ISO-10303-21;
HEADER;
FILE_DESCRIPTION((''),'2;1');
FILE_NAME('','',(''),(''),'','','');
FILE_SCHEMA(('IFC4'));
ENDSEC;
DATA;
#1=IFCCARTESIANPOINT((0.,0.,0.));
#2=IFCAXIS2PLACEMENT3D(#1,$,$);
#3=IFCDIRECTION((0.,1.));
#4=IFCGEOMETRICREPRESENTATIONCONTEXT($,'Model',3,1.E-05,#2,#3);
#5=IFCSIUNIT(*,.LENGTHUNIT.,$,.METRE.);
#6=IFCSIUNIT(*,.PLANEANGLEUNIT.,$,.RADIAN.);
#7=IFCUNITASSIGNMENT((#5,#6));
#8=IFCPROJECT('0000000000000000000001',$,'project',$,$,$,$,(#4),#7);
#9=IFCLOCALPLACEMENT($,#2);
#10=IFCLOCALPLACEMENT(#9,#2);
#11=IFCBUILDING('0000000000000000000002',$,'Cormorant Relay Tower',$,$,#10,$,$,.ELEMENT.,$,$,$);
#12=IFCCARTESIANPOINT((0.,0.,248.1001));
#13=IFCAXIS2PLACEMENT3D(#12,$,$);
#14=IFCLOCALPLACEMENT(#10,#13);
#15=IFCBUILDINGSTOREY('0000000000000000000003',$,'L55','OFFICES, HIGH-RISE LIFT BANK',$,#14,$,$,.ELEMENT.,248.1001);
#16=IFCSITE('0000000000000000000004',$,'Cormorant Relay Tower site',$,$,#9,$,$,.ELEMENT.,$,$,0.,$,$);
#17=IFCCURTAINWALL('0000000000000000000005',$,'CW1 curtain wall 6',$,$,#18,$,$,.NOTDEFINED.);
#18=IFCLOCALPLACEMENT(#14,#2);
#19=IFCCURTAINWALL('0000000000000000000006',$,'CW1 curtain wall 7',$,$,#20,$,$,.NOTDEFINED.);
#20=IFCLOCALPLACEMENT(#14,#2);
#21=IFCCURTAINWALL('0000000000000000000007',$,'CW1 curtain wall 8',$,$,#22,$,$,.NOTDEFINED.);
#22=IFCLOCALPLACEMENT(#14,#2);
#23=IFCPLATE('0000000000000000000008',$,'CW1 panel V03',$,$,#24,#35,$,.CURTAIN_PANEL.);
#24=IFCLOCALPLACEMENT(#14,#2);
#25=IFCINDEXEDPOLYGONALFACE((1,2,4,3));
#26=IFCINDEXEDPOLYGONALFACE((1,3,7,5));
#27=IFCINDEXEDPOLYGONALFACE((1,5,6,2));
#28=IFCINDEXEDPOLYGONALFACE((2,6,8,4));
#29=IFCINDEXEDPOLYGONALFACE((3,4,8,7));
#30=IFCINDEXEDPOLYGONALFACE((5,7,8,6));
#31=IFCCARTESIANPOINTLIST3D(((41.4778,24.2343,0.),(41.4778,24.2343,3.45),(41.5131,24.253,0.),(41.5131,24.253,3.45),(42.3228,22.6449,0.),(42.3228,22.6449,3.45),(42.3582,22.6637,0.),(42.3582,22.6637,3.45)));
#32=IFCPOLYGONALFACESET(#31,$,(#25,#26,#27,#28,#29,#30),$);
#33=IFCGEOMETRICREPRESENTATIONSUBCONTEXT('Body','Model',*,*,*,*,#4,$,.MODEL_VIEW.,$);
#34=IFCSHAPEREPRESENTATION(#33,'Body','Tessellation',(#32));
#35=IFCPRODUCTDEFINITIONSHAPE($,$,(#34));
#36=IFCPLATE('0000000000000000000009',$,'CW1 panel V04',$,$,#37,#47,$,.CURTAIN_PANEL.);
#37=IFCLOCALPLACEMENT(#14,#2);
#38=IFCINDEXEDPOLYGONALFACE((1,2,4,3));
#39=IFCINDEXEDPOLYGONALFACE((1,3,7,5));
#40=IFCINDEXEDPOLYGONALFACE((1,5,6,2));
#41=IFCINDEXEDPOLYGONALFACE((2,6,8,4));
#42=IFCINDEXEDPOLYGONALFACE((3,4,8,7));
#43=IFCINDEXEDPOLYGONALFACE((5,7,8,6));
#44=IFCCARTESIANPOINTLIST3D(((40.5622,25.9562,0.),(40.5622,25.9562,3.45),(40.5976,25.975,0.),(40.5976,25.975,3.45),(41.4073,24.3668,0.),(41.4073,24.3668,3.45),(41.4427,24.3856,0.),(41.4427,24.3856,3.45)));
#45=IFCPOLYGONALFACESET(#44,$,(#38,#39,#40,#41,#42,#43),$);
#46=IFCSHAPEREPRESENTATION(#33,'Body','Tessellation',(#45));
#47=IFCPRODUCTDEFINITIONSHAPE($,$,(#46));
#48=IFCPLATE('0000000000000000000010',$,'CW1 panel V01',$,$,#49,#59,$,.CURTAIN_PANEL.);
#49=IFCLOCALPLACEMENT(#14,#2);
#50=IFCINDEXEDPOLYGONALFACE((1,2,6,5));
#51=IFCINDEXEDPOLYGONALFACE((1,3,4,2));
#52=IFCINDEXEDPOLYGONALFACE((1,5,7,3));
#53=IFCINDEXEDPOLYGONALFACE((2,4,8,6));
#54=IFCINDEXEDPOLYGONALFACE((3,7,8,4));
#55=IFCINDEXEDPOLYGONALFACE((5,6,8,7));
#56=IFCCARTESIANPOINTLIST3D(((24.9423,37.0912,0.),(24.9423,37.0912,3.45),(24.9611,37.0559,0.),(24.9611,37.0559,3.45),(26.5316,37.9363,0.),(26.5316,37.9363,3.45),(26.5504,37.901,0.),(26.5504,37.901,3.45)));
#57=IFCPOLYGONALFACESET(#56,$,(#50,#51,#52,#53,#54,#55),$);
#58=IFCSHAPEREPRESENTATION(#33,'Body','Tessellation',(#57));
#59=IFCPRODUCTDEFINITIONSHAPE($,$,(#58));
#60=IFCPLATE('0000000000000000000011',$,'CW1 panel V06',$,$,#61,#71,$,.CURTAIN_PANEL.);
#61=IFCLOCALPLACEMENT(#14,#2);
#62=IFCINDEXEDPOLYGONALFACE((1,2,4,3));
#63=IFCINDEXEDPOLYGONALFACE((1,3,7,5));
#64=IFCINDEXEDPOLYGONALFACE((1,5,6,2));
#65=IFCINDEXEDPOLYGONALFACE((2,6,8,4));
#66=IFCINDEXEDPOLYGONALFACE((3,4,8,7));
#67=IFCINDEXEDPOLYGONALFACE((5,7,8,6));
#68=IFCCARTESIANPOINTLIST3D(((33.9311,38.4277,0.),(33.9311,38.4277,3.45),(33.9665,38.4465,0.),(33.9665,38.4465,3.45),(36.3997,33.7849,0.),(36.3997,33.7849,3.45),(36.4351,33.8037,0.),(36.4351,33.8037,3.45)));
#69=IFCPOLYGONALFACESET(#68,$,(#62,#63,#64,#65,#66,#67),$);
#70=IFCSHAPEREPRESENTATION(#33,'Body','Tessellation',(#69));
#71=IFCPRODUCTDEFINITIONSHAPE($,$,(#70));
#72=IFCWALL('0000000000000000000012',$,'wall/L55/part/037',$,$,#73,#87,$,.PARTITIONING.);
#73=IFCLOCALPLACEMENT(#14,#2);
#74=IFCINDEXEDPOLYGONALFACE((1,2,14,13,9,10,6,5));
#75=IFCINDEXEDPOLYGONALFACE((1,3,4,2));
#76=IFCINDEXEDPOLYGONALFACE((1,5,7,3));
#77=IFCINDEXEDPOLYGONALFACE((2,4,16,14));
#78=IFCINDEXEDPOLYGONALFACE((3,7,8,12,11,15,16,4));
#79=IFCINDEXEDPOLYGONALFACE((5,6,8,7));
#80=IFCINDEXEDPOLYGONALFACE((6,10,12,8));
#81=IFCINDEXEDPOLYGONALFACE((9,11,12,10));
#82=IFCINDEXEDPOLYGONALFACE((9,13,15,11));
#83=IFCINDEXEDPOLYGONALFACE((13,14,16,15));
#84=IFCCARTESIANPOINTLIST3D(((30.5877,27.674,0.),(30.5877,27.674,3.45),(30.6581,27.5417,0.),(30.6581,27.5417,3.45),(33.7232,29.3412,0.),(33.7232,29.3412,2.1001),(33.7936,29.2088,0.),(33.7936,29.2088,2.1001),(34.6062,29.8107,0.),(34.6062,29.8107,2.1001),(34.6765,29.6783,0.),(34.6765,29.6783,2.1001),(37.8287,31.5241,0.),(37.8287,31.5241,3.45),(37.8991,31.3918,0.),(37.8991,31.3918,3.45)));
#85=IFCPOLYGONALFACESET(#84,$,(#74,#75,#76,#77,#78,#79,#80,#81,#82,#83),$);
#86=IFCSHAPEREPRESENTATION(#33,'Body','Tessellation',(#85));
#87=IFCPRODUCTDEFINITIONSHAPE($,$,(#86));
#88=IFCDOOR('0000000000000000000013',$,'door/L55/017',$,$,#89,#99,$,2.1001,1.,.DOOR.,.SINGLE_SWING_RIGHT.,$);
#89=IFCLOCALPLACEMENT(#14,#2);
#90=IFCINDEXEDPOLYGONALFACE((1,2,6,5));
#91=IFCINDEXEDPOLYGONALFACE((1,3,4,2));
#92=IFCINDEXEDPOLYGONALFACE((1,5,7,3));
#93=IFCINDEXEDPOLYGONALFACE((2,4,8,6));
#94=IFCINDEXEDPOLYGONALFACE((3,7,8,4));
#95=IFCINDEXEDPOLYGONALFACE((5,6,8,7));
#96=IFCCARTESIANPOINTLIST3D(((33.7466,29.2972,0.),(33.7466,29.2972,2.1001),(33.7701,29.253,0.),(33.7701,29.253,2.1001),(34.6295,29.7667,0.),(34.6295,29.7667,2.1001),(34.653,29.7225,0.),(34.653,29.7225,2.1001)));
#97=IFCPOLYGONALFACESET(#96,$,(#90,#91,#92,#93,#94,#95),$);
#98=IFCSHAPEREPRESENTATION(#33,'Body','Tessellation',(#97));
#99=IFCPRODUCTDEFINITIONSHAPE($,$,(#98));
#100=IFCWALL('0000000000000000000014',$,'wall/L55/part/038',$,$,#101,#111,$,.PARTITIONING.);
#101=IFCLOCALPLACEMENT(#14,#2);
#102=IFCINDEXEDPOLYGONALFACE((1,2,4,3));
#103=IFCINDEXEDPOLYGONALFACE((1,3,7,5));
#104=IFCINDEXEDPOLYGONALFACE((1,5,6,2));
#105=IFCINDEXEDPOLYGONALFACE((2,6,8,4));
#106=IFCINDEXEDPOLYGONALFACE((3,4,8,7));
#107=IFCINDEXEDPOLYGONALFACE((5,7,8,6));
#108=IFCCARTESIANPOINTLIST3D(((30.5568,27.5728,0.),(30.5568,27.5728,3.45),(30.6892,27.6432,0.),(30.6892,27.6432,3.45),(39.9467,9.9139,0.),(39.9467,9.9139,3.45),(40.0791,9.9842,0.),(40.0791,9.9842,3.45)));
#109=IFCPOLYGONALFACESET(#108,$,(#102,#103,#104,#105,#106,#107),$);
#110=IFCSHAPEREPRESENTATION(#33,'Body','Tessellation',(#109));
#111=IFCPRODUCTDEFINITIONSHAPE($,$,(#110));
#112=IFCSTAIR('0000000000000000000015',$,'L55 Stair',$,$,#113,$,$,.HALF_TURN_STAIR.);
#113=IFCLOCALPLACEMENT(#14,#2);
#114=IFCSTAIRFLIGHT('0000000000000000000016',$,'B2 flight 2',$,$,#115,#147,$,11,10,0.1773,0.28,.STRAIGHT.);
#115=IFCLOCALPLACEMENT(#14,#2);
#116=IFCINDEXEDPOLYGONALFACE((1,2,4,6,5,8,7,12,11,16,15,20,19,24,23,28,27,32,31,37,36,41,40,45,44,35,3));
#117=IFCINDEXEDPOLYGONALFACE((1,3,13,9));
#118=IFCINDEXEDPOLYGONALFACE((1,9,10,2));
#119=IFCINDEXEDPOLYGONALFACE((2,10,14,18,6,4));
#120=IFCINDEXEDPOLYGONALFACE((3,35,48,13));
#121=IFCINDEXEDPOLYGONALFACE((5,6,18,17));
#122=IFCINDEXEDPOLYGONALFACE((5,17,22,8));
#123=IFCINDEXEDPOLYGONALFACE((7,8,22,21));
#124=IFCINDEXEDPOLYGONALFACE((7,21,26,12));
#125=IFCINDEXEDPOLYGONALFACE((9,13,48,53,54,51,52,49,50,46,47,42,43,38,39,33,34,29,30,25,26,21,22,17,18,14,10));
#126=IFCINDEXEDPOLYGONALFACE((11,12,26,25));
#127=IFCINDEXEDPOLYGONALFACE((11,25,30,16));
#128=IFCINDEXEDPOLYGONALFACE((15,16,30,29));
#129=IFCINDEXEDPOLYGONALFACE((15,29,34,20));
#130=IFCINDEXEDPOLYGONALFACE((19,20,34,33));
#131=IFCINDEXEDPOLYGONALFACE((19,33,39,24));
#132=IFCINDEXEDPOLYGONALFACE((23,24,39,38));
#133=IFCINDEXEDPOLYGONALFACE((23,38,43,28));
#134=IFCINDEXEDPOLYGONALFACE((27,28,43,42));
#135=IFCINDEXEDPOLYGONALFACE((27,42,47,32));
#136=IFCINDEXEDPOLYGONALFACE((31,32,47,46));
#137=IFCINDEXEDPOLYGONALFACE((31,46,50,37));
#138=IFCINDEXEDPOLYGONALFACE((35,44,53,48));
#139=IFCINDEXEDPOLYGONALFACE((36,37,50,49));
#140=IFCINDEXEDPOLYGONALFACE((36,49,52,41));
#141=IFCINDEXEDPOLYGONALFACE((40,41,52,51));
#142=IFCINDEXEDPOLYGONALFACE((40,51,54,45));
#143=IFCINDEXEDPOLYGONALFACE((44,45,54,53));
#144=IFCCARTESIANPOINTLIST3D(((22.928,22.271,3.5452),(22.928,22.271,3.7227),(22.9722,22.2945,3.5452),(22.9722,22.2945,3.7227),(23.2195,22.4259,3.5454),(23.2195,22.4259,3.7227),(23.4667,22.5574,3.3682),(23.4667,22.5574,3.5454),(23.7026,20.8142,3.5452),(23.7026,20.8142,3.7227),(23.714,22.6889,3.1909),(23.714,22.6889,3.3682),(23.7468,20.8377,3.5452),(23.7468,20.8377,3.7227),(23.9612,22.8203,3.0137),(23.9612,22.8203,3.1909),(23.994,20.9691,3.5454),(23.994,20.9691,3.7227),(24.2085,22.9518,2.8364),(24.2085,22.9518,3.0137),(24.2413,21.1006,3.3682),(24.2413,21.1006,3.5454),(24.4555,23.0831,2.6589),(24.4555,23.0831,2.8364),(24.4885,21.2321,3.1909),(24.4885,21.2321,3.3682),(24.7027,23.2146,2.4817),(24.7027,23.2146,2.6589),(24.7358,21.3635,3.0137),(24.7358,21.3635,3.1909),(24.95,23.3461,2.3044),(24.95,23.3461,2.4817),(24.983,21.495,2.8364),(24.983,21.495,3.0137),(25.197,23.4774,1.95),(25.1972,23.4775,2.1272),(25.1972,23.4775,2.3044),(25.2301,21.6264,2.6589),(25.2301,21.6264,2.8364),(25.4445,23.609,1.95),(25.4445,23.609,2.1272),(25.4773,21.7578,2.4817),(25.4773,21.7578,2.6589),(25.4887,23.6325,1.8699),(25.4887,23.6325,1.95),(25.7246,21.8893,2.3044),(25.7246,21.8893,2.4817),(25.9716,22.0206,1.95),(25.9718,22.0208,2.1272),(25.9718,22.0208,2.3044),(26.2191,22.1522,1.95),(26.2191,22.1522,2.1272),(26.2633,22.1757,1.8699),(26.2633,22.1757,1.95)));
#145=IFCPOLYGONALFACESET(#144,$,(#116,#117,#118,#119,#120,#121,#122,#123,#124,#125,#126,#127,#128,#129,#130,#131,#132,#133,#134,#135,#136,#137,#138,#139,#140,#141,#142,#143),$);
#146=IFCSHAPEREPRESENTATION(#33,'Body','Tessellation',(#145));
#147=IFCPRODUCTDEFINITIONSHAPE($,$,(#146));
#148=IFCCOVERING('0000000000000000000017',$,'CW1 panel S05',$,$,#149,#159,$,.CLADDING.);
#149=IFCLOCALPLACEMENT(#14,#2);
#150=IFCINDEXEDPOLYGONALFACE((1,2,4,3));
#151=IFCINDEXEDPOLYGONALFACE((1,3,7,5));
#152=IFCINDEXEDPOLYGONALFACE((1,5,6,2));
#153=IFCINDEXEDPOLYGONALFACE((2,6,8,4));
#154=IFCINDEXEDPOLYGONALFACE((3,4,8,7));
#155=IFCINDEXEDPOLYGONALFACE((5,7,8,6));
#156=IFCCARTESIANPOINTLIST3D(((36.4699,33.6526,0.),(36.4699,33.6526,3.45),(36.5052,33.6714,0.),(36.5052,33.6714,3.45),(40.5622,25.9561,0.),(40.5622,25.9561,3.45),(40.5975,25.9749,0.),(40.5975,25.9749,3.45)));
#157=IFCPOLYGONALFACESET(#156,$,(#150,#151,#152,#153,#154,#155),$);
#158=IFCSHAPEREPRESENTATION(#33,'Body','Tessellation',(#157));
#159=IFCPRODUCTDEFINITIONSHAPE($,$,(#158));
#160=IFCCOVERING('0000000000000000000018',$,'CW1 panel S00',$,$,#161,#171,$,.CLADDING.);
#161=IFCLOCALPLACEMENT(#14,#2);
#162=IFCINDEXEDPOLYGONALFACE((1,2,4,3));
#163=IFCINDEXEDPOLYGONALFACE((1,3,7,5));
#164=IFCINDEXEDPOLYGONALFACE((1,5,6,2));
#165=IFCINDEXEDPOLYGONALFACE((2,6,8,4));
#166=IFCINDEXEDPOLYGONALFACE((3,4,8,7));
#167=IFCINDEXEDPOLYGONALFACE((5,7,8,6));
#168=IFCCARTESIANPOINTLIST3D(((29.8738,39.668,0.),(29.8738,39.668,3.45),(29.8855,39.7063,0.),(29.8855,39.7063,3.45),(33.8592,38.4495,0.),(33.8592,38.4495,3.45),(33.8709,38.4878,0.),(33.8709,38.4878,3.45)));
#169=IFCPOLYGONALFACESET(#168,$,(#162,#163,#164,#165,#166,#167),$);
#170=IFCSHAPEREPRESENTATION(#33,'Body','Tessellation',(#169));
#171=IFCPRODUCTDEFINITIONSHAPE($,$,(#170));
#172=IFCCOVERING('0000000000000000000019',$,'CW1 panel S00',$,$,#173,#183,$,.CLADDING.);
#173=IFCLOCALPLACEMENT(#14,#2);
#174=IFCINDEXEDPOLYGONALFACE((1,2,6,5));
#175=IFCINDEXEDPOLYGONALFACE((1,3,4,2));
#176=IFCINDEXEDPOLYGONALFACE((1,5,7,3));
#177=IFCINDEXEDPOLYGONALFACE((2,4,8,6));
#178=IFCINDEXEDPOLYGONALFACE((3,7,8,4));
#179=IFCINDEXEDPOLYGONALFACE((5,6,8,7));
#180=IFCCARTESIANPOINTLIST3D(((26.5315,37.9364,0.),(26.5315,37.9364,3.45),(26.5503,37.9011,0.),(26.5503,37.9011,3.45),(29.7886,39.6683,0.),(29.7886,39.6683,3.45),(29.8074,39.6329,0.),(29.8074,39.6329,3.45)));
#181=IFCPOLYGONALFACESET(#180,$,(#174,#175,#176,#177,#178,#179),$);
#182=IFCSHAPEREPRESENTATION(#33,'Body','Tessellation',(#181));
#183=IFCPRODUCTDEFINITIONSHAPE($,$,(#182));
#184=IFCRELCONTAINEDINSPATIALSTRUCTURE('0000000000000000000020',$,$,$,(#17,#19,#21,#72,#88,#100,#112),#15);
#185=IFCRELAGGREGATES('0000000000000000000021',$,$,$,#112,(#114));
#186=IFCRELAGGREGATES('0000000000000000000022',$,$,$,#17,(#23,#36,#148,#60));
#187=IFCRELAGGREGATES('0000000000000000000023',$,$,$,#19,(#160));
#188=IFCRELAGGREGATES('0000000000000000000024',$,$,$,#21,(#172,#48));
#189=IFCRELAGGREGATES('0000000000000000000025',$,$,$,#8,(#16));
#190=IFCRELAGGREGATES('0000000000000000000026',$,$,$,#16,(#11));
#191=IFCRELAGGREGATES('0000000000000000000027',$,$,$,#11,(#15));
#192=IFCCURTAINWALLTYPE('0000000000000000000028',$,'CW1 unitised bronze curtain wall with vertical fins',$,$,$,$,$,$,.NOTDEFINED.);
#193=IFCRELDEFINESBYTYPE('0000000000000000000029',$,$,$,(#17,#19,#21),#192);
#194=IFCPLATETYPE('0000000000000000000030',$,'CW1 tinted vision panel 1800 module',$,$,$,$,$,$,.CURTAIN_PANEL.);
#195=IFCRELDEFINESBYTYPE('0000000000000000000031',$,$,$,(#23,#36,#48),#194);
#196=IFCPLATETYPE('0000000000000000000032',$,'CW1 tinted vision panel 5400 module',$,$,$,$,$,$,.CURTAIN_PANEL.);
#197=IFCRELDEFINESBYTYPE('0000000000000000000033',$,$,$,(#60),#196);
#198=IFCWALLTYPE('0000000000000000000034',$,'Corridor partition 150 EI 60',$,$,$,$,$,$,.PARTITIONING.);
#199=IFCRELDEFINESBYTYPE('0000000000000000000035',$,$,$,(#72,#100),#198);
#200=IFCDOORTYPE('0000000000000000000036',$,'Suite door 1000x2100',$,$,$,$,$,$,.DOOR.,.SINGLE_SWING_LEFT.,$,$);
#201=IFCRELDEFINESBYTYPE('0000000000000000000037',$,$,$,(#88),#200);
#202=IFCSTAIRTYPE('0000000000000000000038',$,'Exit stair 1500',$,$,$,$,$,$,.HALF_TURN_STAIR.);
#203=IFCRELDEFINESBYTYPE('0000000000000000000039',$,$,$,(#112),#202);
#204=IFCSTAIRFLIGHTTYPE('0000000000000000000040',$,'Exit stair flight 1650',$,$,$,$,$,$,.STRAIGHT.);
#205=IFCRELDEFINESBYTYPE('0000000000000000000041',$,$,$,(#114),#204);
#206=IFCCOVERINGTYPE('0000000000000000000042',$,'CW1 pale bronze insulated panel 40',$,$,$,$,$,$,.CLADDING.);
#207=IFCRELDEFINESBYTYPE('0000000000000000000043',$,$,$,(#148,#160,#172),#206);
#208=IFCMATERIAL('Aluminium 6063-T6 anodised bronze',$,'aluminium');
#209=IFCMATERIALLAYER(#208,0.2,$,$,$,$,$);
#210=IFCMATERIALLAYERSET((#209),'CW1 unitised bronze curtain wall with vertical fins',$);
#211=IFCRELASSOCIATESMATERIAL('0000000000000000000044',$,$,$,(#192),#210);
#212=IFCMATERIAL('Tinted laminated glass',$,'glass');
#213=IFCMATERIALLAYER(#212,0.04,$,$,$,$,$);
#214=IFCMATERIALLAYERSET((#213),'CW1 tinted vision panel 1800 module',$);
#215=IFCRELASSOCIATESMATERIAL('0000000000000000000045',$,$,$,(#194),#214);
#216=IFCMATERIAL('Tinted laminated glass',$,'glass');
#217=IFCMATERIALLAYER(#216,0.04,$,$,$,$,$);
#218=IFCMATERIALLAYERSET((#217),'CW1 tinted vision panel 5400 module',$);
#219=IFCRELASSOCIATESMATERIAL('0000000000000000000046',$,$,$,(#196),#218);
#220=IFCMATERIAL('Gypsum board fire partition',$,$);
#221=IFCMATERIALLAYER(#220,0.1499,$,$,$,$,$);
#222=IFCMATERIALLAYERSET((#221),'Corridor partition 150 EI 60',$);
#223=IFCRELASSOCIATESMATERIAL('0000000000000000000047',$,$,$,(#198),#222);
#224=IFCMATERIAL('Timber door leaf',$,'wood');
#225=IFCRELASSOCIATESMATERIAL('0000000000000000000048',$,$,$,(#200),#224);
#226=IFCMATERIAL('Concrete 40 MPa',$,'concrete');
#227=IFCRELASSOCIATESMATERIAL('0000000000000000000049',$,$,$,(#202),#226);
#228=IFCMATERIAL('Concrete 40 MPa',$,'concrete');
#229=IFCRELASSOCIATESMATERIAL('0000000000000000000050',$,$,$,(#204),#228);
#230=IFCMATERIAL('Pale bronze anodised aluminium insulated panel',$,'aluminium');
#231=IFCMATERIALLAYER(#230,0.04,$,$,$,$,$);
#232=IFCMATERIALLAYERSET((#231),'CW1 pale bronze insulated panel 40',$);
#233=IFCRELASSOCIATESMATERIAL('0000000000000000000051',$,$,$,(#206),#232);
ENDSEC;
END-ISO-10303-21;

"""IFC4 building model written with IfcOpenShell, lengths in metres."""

from ifc_helpers import new_model, si_unit, direction, frame, frame_2d, origin, origin_2d, place, context, subcontext, project, spatial, polyline, rectangle, outline, extrude, material, layer, layer_set, type_object, element, fill, aggregate, save


model = new_model("IFC4")

# Units and contexts
model_context = context("Model", 3, precision=1e-05, world=origin(), true_north=direction((0.0, 1.0)))
body_context = subcontext(model_context, "Body", "Model", "MODEL_VIEW")
ifc_project = project(units=[si_unit("LENGTHUNIT", "METRE"), si_unit("PLANEANGLEUNIT", "RADIAN")], contexts=[model_context])

# Site, building, storey
site_placement = place(None, origin())
site = spatial("IfcSite", under=ifc_project, at=site_placement, Name="Cormorant Relay Tower site", CompositionType="ELEMENT", RefElevation=0.0)
building_placement = place(site_placement, origin())
building = spatial("IfcBuilding", under=site, at=building_placement, Name="Cormorant Relay Tower", CompositionType="ELEMENT")
storey_placement = place(building_placement, frame((0.0, 0.0, 248.1001)))
storey = spatial("IfcBuildingStorey", under=building, at=storey_placement, Name="L55", Description="OFFICES, HIGH-RISE LIFT BANK", CompositionType="ELEMENT", Elevation=248.1001)

# Curtain wall
ifc_material_1 = material(Name="Aluminium 6063-T6 anodised bronze", Category="aluminium")
ifc_layer_1 = layer(ifc_material_1, 0.2)
ifc_layer_set_1 = layer_set([ifc_layer_1], Name="CW1 unitised bronze curtain wall with vertical fins")
curtain_wall_type = type_object("IfcCurtainWallType", Name="CW1 unitised bronze curtain wall with vertical fins", PredefinedType="NOTDEFINED", material=ifc_layer_set_1)
curtain_wall_1_placement = place(storey_placement, origin())
curtain_wall_1 = element("IfcCurtainWall", 1, at=curtain_wall_1_placement, inside=storey, type_object=curtain_wall_type, Name="CW1 curtain wall 6", PredefinedType="NOTDEFINED")

# Curtain walls
curtain_wall_2_placement = place(storey_placement, origin())
curtain_wall_2 = element("IfcCurtainWall", 2, at=curtain_wall_2_placement, inside=storey, type_object=curtain_wall_type, Name="CW1 curtain wall 7", PredefinedType="NOTDEFINED")
curtain_wall_3_placement = place(storey_placement, origin())
curtain_wall_3 = element("IfcCurtainWall", 3, at=curtain_wall_3_placement, inside=storey, type_object=curtain_wall_type, Name="CW1 curtain wall 8", PredefinedType="NOTDEFINED")

# Plates
ifc_material_2 = material(Name="Tinted laminated glass", Category="glass")
ifc_layer_2 = layer(ifc_material_2, 0.04)
ifc_layer_set_2 = layer_set([ifc_layer_2], Name="CW1 tinted vision panel 1800 module")
plate_type_1 = type_object("IfcPlateType", Name="CW1 tinted vision panel 1800 module", PredefinedType="CURTAIN_PANEL", material=ifc_layer_set_2)
plate_1_placement = place(storey_placement, frame((41.918, 23.449, 0.0), z_axis=(0.0, 0.0, 1.0), x_axis=(-0.469472, 0.882948, 0.0)))
plate_1 = element("IfcPlate", 4, at=plate_1_placement, type_object=plate_type_1, Name="CW1 panel V03", PredefinedType="CURTAIN_PANEL", context=body_context, shape_type="SweptSolid", body=[
    extrude(rectangle(XDim=1.8, YDim=0.04, at=origin_2d()), origin(), (0.0, 0.0, 1.0), 3.45),
])
plate_2_placement = place(storey_placement, frame((41.0024, 25.1709, 0.0), z_axis=(0.0, 0.0, 1.0), x_axis=(-0.469472, 0.882948, 0.0)))
plate_2 = element("IfcPlate", 5, at=plate_2_placement, type_object=plate_type_1, Name="CW1 panel V04", PredefinedType="CURTAIN_PANEL", context=body_context, shape_type="SweptSolid", body=[
    extrude(rectangle(XDim=1.8, YDim=0.04, at=origin_2d()), origin(), (0.0, 0.0, 1.0), 3.45),
])
plate_3_placement = place(storey_placement, frame((25.7463, 37.4961, 0.0), z_axis=(0.0, 0.0, 1.0), x_axis=(-0.882948, -0.469472, 0.0)))
plate_3 = element("IfcPlate", 6, at=plate_3_placement, type_object=plate_type_1, Name="CW1 panel V01", PredefinedType="CURTAIN_PANEL", context=body_context, shape_type="SweptSolid", body=[
    extrude(rectangle(XDim=1.8, YDim=0.04, at=origin_2d()), origin(), (0.0, 0.0, 1.0), 3.45),
])
ifc_material_3 = material(Name="Tinted laminated glass", Category="glass")
ifc_layer_3 = layer(ifc_material_3, 0.04)
ifc_layer_set_3 = layer_set([ifc_layer_3], Name="CW1 tinted vision panel 5400 module")
plate_type_2 = type_object("IfcPlateType", Name="CW1 tinted vision panel 5400 module", PredefinedType="CURTAIN_PANEL", material=ifc_layer_set_3)
plate_4_placement = place(storey_placement, frame((35.1831, 36.1157, 0.0), z_axis=(0.0, 0.0, 1.0), x_axis=(-0.469472, 0.882948, 0.0)))
plate_4 = element("IfcPlate", 7, at=plate_4_placement, type_object=plate_type_2, Name="CW1 panel V06", PredefinedType="CURTAIN_PANEL", context=body_context, shape_type="SweptSolid", body=[
    extrude(rectangle(XDim=5.2583, YDim=0.04, at=origin_2d()), origin(), (0.0, 0.0, 1.0), 3.45),
])

# Wall, opening, door
ifc_material_4 = material(Name="Gypsum board fire partition")
ifc_layer_4 = layer(ifc_material_4, 0.1499)
ifc_layer_set_4 = layer_set([ifc_layer_4], Name="Corridor partition 150 EI 60")
wall_type = type_object("IfcWallType", Name="Corridor partition 150 EI 60", PredefinedType="PARTITIONING", material=ifc_layer_set_4)
wall_1_placement = place(storey_placement, frame((37.864, 31.458, 0.0), z_axis=(0.0, 0.0, 1.0), x_axis=(-0.882947, -0.469472, 0.0)))
wall_1 = element("IfcWall", 8, at=wall_1_placement, inside=storey, type_object=wall_type, Name="wall/L55/part/037", PredefinedType="PARTITIONING", context=body_context, shape_type="SweptSolid", body=[
    extrude(rectangle(XDim=8.2009, YDim=0.1499, at=frame_2d((4.1006, 0.0))), origin(), (0.0, 0.0, 1.0), 3.45),
])
opening_placement = place(wall_1_placement, frame((3.6499, 0.0, 0.0)))
opening = element("IfcOpeningElement", 9, at=opening_placement, cuts=wall_1, PredefinedType="OPENING", context=body_context, shape_type="SweptSolid", body=[
    extrude(rectangle(XDim=1.0, YDim=2.1001, at=frame_2d((0.5, 1.05))), frame((0.0, 0.085, 0.0), z_axis=(0.0, -1.0, 0.0), x_axis=(1.0, 0.0, 0.0)), (0.0, 0.0, 1.0), 0.1699),
])
ifc_material_5 = material(Name="Timber door leaf", Category="wood")
door_type = type_object("IfcDoorType", Name="Suite door 1000x2100", OperationType="SINGLE_SWING_LEFT", PredefinedType="DOOR", material=ifc_material_5)
door_placement = place(opening_placement, origin())
door = element("IfcDoor", 10, at=door_placement, inside=storey, type_object=door_type, Name="door/L55/017", OperationType="SINGLE_SWING_RIGHT", OverallHeight=2.1001, OverallWidth=1.0, PredefinedType="DOOR", context=body_context, shape_type="SweptSolid", body=[
    extrude(rectangle(XDim=1.0, YDim=2.1001, at=frame_2d((0.5, 1.05))), frame((0.0, 0.0249, 0.0), z_axis=(0.0, -1.0, 0.0), x_axis=(1.0, 0.0, 0.0)), (0.0, 0.0, 1.0), 0.05),
])
fill(opening, door)

# Wall
wall_2_placement = place(storey_placement, frame((30.623, 27.6079, 0.0), z_axis=(0.0, 0.0, 1.0), x_axis=(0.46949, -0.882938, 0.0)))
element("IfcWall", 11, at=wall_2_placement, inside=storey, type_object=wall_type, Name="wall/L55/part/038", PredefinedType="PARTITIONING", context=body_context, shape_type="SweptSolid", body=[
    extrude(rectangle(XDim=20.0002, YDim=0.1499, at=frame_2d((10.0, 0.0))), origin(), (0.0, 0.0, 1.0), 3.45),
])

# Stair, stair flight
ifc_material_6 = material(Name="Concrete 40 MPa", Category="concrete")
stair_type = type_object("IfcStairType", Name="Exit stair 1500", PredefinedType="HALF_TURN_STAIR", material=ifc_material_6)
stair_placement = place(storey_placement, origin())
stair = element("IfcStair", 12, at=stair_placement, inside=storey, type_object=stair_type, Name="L55 Stair", PredefinedType="HALF_TURN_STAIR")
ifc_material_7 = material(Name="Concrete 40 MPa", Category="concrete")
stair_flight_type = type_object("IfcStairFlightType", Name="Exit stair flight 1650", PredefinedType="STRAIGHT", material=ifc_material_7)
stair_flight_placement = place(storey_placement, frame((25.8318, 22.8806, 1.95), z_axis=(0.0, 0.0, 1.0), x_axis=(-0.882948, -0.469472, 0.0)))
stair_flight = element("IfcStairFlight", 13, at=stair_flight_placement, type_object=stair_flight_type, Name="B2 flight 2", NumberOfRisers=11, NumberOfTreads=10, PredefinedType="STRAIGHT", RiserHeight=0.1773, TreadLength=0.28, context=body_context, shape_type="SweptSolid", body=[
    extrude(outline(polyline([(-0.05, -0.0801), (-0.05, 0.0), (0.0, 0.0), (0.0, 0.1772), (0.28, 0.1772), (0.28, 0.3545), (0.5601, 0.3545), (0.5601, 0.5317), (0.8401, 0.5317), (0.8401, 0.709), (1.1201, 0.709), (1.1201, 0.8865), (1.3999, 0.8865), (1.3999, 1.0637), (1.6799, 1.0637), (1.6799, 1.241), (1.96, 1.241), (1.96, 1.4182), (2.24, 1.4182), (2.24, 1.5955), (2.52, 1.5955), (2.52, 1.7727), (2.8, 1.7727), (2.8501, 1.7727), (2.8501, 1.5952), (2.8, 1.5952), (0.2803, 0.0), (-0.05, -0.0801)])), frame((0.0, 0.825, 0.0), z_axis=(0.0, -1.0, 0.0), x_axis=(1.0, 0.0, 0.0)), (0.0, 0.0, 1.0), 1.6499),
])
aggregate(stair, [stair_flight])

# Coverings
ifc_material_8 = material(Name="Pale bronze anodised aluminium insulated panel", Category="aluminium")
ifc_layer_5 = layer(ifc_material_8, 0.04)
ifc_layer_set_5 = layer_set([ifc_layer_5], Name="CW1 pale bronze insulated panel 40")
covering_type = type_object("IfcCoveringType", Name="CW1 pale bronze insulated panel 40", PredefinedType="CLADDING", material=ifc_layer_set_5)
covering_1_placement = place(storey_placement, frame((38.5337, 29.8137, 0.0), z_axis=(0.0, 0.0, 1.0), x_axis=(-0.469472, 0.882948, 0.0)))
covering_1 = element("IfcCovering", 14, at=covering_1_placement, type_object=covering_type, Name="CW1 panel S05", PredefinedType="CLADDING", context=body_context, shape_type="SweptSolid", body=[
    extrude(rectangle(XDim=8.7168, YDim=0.04, at=origin_2d()), origin(), (0.0, 0.0, 1.0), 3.45),
])
aggregate(curtain_wall_1, [plate_1, plate_2, covering_1, plate_4])
covering_2_placement = place(storey_placement, frame((31.8723, 39.0779, 0.0), z_axis=(0.0, 0.0, 1.0), x_axis=(-0.956305, 0.292372, 0.0)))
covering_2 = element("IfcCovering", 15, at=covering_2_placement, type_object=covering_type, Name="CW1 panel S00", PredefinedType="CLADDING", context=body_context, shape_type="SweptSolid", body=[
    extrude(rectangle(XDim=4.1675, YDim=0.04, at=origin_2d()), origin(), (0.0, 0.0, 1.0), 3.45),
])
aggregate(curtain_wall_2, [covering_2])
covering_3_placement = place(storey_placement, frame((28.1694, 38.7847, 0.0), z_axis=(0.0, 0.0, 1.0), x_axis=(-0.882948, -0.469472, 0.0)))
covering_3 = element("IfcCovering", 16, at=covering_3_placement, type_object=covering_type, Name="CW1 panel S00", PredefinedType="CLADDING", context=body_context, shape_type="SweptSolid", body=[
    extrude(rectangle(XDim=3.689, YDim=0.04, at=origin_2d()), origin(), (0.0, 0.0, 1.0), 3.45),
])
aggregate(curtain_wall_3, [covering_3, plate_3])

save(model, "model.ifc")
